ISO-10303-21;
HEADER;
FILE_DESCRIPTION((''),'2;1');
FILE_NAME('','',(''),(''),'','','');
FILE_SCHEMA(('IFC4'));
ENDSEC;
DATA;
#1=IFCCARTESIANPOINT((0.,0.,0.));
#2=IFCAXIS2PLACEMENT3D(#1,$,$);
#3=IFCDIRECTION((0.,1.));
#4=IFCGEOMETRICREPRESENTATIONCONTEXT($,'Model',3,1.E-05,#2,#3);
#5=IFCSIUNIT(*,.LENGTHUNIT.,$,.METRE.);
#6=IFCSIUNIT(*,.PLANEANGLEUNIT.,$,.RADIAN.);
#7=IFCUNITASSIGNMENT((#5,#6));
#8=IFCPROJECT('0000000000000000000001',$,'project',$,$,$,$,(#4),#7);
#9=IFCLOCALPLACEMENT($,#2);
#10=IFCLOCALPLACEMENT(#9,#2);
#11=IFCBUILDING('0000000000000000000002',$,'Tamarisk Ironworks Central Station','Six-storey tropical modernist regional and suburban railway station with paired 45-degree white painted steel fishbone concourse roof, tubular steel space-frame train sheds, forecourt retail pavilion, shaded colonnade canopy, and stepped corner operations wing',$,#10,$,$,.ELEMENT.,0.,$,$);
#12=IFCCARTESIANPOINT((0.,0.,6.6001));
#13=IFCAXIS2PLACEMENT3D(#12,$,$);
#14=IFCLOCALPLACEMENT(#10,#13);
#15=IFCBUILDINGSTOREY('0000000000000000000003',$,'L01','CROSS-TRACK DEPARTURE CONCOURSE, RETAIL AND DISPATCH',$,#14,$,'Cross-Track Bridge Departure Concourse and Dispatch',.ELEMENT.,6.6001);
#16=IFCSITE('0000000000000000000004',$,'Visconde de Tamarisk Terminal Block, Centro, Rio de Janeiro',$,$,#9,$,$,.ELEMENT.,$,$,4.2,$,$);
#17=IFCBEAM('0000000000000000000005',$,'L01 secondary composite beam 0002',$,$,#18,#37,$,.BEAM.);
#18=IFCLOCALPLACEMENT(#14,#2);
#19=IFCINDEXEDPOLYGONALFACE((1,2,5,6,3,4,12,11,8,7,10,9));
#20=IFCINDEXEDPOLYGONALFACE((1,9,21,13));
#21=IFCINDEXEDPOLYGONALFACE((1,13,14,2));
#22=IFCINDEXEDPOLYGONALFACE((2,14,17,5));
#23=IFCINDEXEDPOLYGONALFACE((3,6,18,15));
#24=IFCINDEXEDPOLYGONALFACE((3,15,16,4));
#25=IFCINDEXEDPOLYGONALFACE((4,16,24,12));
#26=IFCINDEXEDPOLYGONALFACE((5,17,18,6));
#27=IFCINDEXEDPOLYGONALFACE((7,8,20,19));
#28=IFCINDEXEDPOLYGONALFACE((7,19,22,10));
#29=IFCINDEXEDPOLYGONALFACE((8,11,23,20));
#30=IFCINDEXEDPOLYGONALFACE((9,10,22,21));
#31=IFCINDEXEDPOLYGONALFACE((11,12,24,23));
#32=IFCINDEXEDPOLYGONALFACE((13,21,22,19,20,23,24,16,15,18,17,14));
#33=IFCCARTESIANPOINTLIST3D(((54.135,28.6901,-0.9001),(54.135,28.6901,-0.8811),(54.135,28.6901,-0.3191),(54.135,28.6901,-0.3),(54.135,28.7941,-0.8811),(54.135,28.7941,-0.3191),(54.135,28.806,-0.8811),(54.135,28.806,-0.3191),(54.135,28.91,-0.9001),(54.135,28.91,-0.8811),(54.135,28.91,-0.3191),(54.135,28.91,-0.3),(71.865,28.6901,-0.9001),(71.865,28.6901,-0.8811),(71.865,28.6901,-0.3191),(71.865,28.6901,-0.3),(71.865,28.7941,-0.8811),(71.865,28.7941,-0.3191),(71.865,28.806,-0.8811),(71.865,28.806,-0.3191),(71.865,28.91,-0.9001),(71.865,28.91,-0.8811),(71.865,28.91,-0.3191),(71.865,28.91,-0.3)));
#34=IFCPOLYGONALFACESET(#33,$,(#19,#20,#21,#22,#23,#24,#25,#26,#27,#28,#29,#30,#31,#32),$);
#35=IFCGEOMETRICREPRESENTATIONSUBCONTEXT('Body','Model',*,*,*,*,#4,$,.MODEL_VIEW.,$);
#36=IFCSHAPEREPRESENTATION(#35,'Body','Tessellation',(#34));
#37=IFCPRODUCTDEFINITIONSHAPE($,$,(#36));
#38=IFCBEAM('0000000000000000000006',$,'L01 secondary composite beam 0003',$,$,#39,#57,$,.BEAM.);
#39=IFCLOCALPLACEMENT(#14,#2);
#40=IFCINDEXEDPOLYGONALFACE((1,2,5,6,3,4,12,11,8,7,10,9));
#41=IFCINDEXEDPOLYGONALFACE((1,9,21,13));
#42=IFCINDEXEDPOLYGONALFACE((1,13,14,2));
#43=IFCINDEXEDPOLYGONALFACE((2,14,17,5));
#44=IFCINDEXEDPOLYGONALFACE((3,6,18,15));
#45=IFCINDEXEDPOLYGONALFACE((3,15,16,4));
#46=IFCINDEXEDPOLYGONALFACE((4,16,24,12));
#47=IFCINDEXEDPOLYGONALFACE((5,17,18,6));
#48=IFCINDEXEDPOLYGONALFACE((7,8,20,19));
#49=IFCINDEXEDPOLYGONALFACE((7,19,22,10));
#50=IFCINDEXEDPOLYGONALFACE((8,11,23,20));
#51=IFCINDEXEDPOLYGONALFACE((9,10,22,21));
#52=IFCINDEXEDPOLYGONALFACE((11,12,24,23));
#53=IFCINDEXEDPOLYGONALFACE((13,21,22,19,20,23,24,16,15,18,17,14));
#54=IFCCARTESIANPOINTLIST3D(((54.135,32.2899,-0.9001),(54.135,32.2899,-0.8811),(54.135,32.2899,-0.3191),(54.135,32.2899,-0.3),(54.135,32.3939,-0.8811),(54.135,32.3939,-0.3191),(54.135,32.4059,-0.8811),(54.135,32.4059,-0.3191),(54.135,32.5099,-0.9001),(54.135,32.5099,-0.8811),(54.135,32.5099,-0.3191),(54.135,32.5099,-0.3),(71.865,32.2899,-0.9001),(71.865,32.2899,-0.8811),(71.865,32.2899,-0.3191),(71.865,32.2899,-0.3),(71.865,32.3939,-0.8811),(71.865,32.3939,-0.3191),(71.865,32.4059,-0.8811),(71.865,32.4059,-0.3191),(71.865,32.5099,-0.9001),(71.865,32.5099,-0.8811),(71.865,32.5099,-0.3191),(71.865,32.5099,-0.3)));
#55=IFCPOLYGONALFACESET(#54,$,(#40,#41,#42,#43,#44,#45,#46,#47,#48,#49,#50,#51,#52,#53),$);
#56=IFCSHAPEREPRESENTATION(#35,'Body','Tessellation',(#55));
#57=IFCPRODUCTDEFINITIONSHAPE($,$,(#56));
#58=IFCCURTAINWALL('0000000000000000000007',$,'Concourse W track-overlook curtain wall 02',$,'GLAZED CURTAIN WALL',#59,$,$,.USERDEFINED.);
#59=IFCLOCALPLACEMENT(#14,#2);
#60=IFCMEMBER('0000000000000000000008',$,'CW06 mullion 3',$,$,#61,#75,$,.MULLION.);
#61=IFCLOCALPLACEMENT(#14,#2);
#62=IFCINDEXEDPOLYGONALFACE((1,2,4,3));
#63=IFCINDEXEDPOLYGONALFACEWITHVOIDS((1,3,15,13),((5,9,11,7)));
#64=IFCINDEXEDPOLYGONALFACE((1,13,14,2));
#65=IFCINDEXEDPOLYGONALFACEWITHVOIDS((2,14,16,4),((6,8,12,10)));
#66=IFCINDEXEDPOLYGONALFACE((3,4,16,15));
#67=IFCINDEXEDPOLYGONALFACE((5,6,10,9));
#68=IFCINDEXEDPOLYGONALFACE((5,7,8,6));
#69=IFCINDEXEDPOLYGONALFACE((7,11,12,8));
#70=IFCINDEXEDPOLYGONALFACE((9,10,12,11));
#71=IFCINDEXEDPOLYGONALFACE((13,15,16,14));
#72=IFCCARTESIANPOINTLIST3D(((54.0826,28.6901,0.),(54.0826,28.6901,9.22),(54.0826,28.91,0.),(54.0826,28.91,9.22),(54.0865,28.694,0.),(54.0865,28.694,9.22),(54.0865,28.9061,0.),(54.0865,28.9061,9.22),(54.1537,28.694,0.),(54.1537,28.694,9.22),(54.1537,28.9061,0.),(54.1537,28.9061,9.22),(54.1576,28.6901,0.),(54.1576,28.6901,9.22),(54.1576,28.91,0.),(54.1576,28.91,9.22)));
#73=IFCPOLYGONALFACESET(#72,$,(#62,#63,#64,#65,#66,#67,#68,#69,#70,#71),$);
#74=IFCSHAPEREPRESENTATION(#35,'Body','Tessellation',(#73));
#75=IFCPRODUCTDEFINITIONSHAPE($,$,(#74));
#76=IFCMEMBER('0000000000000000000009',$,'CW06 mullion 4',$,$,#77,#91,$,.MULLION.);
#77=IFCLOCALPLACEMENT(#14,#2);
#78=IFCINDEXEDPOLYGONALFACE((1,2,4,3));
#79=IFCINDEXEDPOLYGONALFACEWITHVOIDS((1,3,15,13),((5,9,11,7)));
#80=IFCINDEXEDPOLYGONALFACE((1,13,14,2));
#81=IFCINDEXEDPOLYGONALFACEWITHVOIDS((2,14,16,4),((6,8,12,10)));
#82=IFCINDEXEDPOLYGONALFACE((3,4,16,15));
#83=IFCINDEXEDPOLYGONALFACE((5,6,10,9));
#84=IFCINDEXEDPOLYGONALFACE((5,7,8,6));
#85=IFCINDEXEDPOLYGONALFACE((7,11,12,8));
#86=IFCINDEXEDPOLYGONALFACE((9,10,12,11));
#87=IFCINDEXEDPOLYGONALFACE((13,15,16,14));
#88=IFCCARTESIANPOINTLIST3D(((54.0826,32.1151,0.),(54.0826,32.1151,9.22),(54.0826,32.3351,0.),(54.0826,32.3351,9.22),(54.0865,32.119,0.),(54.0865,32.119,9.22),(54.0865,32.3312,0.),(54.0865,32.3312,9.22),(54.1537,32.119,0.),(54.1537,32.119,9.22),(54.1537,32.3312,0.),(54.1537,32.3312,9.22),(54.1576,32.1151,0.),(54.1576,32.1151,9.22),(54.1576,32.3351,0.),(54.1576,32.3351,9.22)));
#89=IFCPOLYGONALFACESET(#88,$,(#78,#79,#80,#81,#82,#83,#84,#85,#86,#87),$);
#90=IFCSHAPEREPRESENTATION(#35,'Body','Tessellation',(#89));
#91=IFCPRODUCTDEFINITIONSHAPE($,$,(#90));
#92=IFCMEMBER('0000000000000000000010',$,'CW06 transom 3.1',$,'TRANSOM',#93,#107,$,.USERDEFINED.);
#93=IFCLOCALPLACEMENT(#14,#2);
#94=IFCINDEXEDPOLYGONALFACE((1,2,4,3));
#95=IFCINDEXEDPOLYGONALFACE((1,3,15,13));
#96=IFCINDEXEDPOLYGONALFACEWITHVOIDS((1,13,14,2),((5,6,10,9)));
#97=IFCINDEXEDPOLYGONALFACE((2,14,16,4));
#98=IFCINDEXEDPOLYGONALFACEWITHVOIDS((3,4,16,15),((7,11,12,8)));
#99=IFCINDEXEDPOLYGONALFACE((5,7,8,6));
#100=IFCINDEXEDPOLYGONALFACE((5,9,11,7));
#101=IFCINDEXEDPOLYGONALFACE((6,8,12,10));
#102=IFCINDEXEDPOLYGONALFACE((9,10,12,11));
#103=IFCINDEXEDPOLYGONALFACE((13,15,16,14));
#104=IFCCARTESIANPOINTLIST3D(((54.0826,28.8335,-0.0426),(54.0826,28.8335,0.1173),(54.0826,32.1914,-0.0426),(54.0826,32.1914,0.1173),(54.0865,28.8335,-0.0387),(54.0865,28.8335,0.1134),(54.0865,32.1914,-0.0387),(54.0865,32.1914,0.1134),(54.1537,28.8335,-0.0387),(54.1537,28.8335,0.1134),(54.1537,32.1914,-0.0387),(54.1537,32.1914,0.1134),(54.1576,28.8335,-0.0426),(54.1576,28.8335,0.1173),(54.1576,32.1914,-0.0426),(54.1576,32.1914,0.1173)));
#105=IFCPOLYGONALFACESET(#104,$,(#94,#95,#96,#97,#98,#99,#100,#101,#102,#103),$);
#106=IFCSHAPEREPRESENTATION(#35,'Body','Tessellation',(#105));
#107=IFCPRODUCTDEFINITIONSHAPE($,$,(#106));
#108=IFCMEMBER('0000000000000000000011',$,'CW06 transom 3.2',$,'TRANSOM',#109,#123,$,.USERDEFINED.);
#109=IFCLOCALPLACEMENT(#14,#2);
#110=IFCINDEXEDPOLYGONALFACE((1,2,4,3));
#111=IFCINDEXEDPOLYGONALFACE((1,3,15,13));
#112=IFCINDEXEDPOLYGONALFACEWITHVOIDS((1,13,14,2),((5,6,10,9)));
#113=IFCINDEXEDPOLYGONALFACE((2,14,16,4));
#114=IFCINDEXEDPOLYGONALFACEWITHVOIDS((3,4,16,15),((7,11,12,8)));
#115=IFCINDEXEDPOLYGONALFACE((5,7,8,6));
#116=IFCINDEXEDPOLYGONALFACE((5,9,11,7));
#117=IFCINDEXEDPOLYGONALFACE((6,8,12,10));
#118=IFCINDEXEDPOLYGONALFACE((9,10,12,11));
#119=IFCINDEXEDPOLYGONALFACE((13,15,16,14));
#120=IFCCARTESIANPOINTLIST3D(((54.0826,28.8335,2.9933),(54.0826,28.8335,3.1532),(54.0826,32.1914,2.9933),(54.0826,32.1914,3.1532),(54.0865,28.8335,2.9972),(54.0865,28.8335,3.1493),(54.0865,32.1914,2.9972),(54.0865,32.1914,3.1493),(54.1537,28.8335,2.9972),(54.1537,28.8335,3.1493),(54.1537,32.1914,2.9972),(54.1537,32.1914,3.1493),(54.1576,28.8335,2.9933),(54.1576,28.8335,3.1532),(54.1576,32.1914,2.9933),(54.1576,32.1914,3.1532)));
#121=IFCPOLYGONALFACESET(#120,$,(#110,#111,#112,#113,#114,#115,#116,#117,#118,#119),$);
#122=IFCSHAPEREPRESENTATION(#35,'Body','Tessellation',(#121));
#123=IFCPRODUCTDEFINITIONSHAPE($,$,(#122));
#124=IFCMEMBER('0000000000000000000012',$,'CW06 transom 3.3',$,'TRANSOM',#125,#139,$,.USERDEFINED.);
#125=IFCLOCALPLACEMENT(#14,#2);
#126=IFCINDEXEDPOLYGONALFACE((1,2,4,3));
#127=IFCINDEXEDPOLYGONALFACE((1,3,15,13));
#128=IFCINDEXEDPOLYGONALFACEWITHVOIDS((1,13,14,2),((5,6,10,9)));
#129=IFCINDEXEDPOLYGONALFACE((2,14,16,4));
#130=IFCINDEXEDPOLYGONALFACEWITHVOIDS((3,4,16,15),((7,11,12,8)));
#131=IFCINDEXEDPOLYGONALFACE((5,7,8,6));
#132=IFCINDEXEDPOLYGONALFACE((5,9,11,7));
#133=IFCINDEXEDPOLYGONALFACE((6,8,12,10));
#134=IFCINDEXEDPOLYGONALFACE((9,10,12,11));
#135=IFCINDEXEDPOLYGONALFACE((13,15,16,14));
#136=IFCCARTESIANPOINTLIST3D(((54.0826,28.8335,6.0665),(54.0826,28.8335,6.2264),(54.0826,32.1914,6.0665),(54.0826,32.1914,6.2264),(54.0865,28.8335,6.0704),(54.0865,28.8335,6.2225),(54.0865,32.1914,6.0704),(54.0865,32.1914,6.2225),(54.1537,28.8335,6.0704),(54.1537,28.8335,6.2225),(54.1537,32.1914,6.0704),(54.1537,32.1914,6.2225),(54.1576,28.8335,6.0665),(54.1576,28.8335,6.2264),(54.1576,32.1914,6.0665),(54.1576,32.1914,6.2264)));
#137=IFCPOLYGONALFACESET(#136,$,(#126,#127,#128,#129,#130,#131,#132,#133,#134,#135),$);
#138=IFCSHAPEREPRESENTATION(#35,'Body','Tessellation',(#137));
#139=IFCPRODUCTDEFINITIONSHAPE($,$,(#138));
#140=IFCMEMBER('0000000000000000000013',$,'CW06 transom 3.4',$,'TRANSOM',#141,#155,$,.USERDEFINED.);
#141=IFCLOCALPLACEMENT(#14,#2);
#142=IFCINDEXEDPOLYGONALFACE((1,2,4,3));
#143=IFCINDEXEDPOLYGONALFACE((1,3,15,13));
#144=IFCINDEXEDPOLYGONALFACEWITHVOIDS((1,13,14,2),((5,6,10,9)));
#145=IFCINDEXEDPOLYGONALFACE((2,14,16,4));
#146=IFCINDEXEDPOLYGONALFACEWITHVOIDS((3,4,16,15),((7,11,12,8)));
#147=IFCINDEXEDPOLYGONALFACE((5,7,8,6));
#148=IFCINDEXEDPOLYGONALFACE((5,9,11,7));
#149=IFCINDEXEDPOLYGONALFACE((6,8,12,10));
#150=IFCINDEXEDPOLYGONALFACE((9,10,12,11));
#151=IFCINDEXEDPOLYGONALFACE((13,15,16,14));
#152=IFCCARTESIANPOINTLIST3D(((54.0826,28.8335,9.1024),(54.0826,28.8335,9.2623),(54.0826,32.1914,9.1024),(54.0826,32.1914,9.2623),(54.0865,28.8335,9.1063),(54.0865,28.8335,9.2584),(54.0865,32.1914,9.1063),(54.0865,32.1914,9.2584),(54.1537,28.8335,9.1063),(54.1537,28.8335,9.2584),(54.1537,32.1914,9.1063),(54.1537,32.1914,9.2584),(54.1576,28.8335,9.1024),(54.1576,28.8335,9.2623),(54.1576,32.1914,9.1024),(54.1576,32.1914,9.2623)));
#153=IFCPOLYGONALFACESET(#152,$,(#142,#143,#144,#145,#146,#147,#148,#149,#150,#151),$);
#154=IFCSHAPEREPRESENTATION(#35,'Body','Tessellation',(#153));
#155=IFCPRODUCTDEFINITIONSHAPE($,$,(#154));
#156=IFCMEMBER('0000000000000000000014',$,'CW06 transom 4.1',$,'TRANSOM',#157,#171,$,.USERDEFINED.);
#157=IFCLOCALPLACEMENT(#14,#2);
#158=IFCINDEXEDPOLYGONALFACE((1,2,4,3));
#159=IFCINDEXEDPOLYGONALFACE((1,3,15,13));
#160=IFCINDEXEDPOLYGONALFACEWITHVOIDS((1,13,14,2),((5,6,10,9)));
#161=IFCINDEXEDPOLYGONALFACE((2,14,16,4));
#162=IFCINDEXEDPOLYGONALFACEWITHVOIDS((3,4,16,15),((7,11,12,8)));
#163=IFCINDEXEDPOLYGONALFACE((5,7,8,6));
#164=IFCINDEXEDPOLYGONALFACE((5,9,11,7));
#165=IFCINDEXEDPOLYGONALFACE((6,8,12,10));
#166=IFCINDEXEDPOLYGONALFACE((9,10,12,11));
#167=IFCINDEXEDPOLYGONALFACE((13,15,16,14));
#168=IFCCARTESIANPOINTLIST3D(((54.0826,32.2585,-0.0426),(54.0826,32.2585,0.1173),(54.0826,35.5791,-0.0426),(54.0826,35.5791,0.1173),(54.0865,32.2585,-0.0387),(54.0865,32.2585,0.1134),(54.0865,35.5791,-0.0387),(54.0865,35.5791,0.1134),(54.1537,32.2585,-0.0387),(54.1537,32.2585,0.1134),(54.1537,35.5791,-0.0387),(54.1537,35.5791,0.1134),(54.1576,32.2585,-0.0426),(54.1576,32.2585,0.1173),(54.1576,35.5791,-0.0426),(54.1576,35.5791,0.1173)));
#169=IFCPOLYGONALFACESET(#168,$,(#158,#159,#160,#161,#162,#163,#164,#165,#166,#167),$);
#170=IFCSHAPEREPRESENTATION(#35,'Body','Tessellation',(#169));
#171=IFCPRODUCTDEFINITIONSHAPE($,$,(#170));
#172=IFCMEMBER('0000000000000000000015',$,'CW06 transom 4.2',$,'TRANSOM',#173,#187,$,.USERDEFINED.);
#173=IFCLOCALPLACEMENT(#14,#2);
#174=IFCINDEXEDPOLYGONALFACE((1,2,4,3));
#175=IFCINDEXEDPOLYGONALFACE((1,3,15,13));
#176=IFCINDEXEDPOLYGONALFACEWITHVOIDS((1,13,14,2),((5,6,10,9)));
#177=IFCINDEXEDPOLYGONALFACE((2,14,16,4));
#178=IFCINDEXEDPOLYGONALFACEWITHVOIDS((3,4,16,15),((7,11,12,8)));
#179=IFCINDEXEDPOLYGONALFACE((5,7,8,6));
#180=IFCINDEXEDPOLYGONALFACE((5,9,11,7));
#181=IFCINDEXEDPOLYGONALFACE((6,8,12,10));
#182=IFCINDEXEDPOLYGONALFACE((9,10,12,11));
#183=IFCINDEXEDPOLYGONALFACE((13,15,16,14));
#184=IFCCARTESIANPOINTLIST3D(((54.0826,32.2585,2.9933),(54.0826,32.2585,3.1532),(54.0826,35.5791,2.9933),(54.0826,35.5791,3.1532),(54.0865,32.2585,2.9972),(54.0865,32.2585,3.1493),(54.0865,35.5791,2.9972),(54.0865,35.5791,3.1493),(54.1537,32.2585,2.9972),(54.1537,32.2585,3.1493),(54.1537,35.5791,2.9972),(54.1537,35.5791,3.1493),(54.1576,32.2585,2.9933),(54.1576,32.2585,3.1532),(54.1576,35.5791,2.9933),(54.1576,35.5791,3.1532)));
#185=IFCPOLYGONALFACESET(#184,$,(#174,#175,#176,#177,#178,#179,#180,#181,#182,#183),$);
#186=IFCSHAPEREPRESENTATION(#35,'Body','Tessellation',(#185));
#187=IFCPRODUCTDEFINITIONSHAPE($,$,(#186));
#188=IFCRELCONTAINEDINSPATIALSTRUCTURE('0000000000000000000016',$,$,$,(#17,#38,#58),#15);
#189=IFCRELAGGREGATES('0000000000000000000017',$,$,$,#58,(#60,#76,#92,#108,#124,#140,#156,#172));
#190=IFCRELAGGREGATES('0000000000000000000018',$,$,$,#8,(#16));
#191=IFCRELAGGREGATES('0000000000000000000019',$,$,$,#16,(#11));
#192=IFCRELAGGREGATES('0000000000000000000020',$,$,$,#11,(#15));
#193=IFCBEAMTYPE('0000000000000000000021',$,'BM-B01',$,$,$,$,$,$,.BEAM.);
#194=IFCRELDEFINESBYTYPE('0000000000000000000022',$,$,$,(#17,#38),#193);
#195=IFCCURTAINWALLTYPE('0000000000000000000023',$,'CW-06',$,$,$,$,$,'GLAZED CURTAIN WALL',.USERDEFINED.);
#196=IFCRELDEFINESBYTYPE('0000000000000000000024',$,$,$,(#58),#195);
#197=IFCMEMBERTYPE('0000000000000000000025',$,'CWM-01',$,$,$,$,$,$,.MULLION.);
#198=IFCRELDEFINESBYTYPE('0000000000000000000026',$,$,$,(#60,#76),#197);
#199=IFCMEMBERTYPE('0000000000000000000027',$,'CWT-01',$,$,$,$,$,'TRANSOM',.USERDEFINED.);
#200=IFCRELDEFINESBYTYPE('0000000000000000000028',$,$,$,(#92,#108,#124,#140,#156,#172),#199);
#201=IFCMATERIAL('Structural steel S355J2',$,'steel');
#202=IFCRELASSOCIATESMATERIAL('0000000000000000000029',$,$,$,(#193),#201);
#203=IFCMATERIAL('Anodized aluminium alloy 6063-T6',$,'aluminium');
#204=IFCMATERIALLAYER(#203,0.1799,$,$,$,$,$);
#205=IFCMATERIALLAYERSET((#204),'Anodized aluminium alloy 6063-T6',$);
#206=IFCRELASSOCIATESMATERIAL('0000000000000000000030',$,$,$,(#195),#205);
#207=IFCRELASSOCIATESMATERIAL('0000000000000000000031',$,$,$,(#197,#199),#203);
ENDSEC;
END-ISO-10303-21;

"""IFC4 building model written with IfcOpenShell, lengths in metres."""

from ifc_helpers import new_model, si_unit, direction, frame, origin, origin_2d, place, context, subcontext, project, spatial, hollow_rectangle, i_section, extrude, material, layer, layer_set, material_profile, profile_set, type_object, element, aggregate, save


model = new_model("IFC4")

# Units and contexts
model_context = context("Model", 3, precision=1e-05, world=origin(), true_north=direction((0.0, 1.0)))
body_context = subcontext(model_context, "Body", "Model", "MODEL_VIEW")
ifc_project = project(units=[si_unit("LENGTHUNIT", "METRE"), si_unit("PLANEANGLEUNIT", "RADIAN")], contexts=[model_context])

# Site, building, storey
site_placement = place(None, origin())
site = spatial("IfcSite", under=ifc_project, at=site_placement, Name="Visconde de Tamarisk Terminal Block, Centro, Rio de Janeiro", CompositionType="ELEMENT", RefElevation=4.2)
building_placement = place(site_placement, origin())
building = spatial("IfcBuilding", under=site, at=building_placement, Name="Tamarisk Ironworks Central Station", Description="Six-storey tropical modernist regional and suburban railway station with paired 45-degree white painted steel fishbone concourse roof, tubular steel space-frame train sheds, forecourt retail pavilion, shaded colonnade canopy, and stepped corner operations wing", CompositionType="ELEMENT", ElevationOfRefHeight=0.0)
storey_placement = place(building_placement, frame((0.0, 0.0, 6.6001)))
storey = spatial("IfcBuildingStorey", under=building, at=storey_placement, Name="L01", Description="CROSS-TRACK DEPARTURE CONCOURSE, RETAIL AND DISPATCH", LongName="Cross-Track Bridge Departure Concourse and Dispatch", CompositionType="ELEMENT", Elevation=6.6001)

# Beams
ifc_material_1 = material(Name="Structural steel S355J2", Category="steel")
ifc_material_profile_1 = material_profile(ifc_material_1, i_section(OverallWidth=0.22, OverallDepth=0.6001, WebThickness=0.012, FlangeThickness=0.019, at=origin_2d()), Name="IPE 600")
ifc_profile_set_1 = profile_set([ifc_material_profile_1], Name="Structural steel S355J2")
beam_type = type_object("IfcBeamType", Name="BM-B01", PredefinedType="BEAM", material=ifc_profile_set_1)
for number, where, z_axis, x_axis, name in (
    (1, (54.135, 28.8, -0.6001), (1.0, 0.0, 0.0), (0.0, 1.0, 0.0), "L01 secondary composite beam 0002"),
    (2, (54.135, 32.3999, -0.6001), (1.0, 0.0, 0.0), (0.0, 1.0, 0.0), "L01 secondary composite beam 0003"),
):
    element("IfcBeam", number, at=place(storey_placement, frame(where, z_axis=z_axis, x_axis=x_axis)), inside=storey, type_object=beam_type, Name=name, PredefinedType="BEAM", context=body_context, shape_type="SweptSolid", body=[
        extrude(i_section(OverallWidth=0.22, OverallDepth=0.6001, WebThickness=0.012, FlangeThickness=0.019, at=origin_2d()), origin(), (0.0, 0.0, 1.0), 17.73),
    ])

# Curtain wall, members
ifc_material_2 = material(Name="Anodized aluminium alloy 6063-T6", Category="aluminium")
ifc_layer_1 = layer(ifc_material_2, 0.1799)
ifc_layer_set_1 = layer_set([ifc_layer_1], Name="Anodized aluminium alloy 6063-T6")
curtain_wall_type = type_object("IfcCurtainWallType", Name="CW-06", ElementType="GLAZED CURTAIN WALL", PredefinedType="USERDEFINED", material=ifc_layer_set_1)
curtain_wall_placement = place(storey_placement, origin())
curtain_wall = element("IfcCurtainWall", 3, at=curtain_wall_placement, inside=storey, type_object=curtain_wall_type, Name="Concourse W track-overlook curtain wall 02", ObjectType="GLAZED CURTAIN WALL", PredefinedType="USERDEFINED")
ifc_material_profile_2 = material_profile(ifc_material_2, hollow_rectangle(XDim=0.075, YDim=0.22, WallThickness=0.0039, at=origin_2d()), Name="ALUM 220x75")
ifc_profile_set_2 = profile_set([ifc_material_profile_2], Name="Anodized aluminium alloy 6063-T6")
member_type_1 = type_object("IfcMemberType", Name="CWM-01", PredefinedType="MULLION", material=ifc_profile_set_2)
member_1_placement = place(storey_placement, frame((54.1201, 28.8, 0.0), z_axis=(0.0, 0.0, 1.0), x_axis=(-1.0, 0.0, 0.0)))
member_1 = element("IfcMember", 4, at=member_1_placement, type_object=member_type_1, Name="CW06 mullion 3", PredefinedType="MULLION", context=body_context, shape_type="SweptSolid", body=[
    extrude(hollow_rectangle(XDim=0.075, YDim=0.22, WallThickness=0.0039, at=origin_2d()), origin(), (0.0, 0.0, 1.0), 9.22),
])
member_2_placement = place(storey_placement, frame((54.1201, 32.2251, 0.0), z_axis=(0.0, 0.0, 1.0), x_axis=(-1.0, 0.0, 0.0)))
member_2 = element("IfcMember", 5, at=member_2_placement, type_object=member_type_1, Name="CW06 mullion 4", PredefinedType="MULLION", context=body_context, shape_type="SweptSolid", body=[
    extrude(hollow_rectangle(XDim=0.075, YDim=0.22, WallThickness=0.0039, at=origin_2d()), origin(), (0.0, 0.0, 1.0), 9.22),
])
ifc_material_profile_3 = material_profile(ifc_material_2, hollow_rectangle(XDim=0.075, YDim=0.1599, WallThickness=0.0039, at=origin_2d()), Name="ALUM 160x75")
ifc_profile_set_3 = profile_set([ifc_material_profile_3], Name="Anodized aluminium alloy 6063-T6")
member_type_2 = type_object("IfcMemberType", Name="CWT-01", ElementType="TRANSOM", PredefinedType="USERDEFINED", material=ifc_profile_set_3)
member_3_placement = place(storey_placement, frame((54.1201, 28.8335, 0.0374), z_axis=(0.0, 1.0, 0.0), x_axis=(-1.0, 0.0, 0.0)))
member_3 = element("IfcMember", 6, at=member_3_placement, type_object=member_type_2, Name="CW06 transom 3.1", ObjectType="TRANSOM", PredefinedType="USERDEFINED", context=body_context, shape_type="SweptSolid", body=[
    extrude(hollow_rectangle(XDim=0.075, YDim=0.1599, WallThickness=0.0039, at=origin_2d()), origin(), (0.0, 0.0, 1.0), 3.3579),
])
member_4_placement = place(storey_placement, frame((54.1201, 28.8335, 3.0732), z_axis=(0.0, 1.0, 0.0), x_axis=(-1.0, 0.0, 0.0)))
member_4 = element("IfcMember", 7, at=member_4_placement, type_object=member_type_2, Name="CW06 transom 3.2", ObjectType="TRANSOM", PredefinedType="USERDEFINED", context=body_context, shape_type="SweptSolid", body=[
    extrude(hollow_rectangle(XDim=0.075, YDim=0.1599, WallThickness=0.0039, at=origin_2d()), origin(), (0.0, 0.0, 1.0), 3.3579),
])
member_5_placement = place(storey_placement, frame((54.1201, 28.8335, 6.1465), z_axis=(0.0, 1.0, 0.0), x_axis=(-1.0, 0.0, 0.0)))
member_5 = element("IfcMember", 8, at=member_5_placement, type_object=member_type_2, Name="CW06 transom 3.3", ObjectType="TRANSOM", PredefinedType="USERDEFINED", context=body_context, shape_type="SweptSolid", body=[
    extrude(hollow_rectangle(XDim=0.075, YDim=0.1599, WallThickness=0.0039, at=origin_2d()), origin(), (0.0, 0.0, 1.0), 3.3579),
])
member_6_placement = place(storey_placement, frame((54.1201, 28.8335, 9.1824), z_axis=(0.0, 1.0, 0.0), x_axis=(-1.0, 0.0, 0.0)))
member_6 = element("IfcMember", 9, at=member_6_placement, type_object=member_type_2, Name="CW06 transom 3.4", ObjectType="TRANSOM", PredefinedType="USERDEFINED", context=body_context, shape_type="SweptSolid", body=[
    extrude(hollow_rectangle(XDim=0.075, YDim=0.1599, WallThickness=0.0039, at=origin_2d()), origin(), (0.0, 0.0, 1.0), 3.3579),
])
member_7_placement = place(storey_placement, frame((54.1201, 32.2585, 0.0374), z_axis=(0.0, 1.0, 0.0), x_axis=(-1.0, 0.0, 0.0)))
member_7 = element("IfcMember", 10, at=member_7_placement, type_object=member_type_2, Name="CW06 transom 4.1", ObjectType="TRANSOM", PredefinedType="USERDEFINED", context=body_context, shape_type="SweptSolid", body=[
    extrude(hollow_rectangle(XDim=0.075, YDim=0.1599, WallThickness=0.0039, at=origin_2d()), origin(), (0.0, 0.0, 1.0), 3.3206),
])
member_8_placement = place(storey_placement, frame((54.1201, 32.2585, 3.0732), z_axis=(0.0, 1.0, 0.0), x_axis=(-1.0, 0.0, 0.0)))
member_8 = element("IfcMember", 11, at=member_8_placement, type_object=member_type_2, Name="CW06 transom 4.2", ObjectType="TRANSOM", PredefinedType="USERDEFINED", context=body_context, shape_type="SweptSolid", body=[
    extrude(hollow_rectangle(XDim=0.075, YDim=0.1599, WallThickness=0.0039, at=origin_2d()), origin(), (0.0, 0.0, 1.0), 3.3206),
])

aggregate(curtain_wall, [member_1, member_2, member_3, member_4, member_5, member_6, member_7, member_8])

save(model, "model.ifc")
